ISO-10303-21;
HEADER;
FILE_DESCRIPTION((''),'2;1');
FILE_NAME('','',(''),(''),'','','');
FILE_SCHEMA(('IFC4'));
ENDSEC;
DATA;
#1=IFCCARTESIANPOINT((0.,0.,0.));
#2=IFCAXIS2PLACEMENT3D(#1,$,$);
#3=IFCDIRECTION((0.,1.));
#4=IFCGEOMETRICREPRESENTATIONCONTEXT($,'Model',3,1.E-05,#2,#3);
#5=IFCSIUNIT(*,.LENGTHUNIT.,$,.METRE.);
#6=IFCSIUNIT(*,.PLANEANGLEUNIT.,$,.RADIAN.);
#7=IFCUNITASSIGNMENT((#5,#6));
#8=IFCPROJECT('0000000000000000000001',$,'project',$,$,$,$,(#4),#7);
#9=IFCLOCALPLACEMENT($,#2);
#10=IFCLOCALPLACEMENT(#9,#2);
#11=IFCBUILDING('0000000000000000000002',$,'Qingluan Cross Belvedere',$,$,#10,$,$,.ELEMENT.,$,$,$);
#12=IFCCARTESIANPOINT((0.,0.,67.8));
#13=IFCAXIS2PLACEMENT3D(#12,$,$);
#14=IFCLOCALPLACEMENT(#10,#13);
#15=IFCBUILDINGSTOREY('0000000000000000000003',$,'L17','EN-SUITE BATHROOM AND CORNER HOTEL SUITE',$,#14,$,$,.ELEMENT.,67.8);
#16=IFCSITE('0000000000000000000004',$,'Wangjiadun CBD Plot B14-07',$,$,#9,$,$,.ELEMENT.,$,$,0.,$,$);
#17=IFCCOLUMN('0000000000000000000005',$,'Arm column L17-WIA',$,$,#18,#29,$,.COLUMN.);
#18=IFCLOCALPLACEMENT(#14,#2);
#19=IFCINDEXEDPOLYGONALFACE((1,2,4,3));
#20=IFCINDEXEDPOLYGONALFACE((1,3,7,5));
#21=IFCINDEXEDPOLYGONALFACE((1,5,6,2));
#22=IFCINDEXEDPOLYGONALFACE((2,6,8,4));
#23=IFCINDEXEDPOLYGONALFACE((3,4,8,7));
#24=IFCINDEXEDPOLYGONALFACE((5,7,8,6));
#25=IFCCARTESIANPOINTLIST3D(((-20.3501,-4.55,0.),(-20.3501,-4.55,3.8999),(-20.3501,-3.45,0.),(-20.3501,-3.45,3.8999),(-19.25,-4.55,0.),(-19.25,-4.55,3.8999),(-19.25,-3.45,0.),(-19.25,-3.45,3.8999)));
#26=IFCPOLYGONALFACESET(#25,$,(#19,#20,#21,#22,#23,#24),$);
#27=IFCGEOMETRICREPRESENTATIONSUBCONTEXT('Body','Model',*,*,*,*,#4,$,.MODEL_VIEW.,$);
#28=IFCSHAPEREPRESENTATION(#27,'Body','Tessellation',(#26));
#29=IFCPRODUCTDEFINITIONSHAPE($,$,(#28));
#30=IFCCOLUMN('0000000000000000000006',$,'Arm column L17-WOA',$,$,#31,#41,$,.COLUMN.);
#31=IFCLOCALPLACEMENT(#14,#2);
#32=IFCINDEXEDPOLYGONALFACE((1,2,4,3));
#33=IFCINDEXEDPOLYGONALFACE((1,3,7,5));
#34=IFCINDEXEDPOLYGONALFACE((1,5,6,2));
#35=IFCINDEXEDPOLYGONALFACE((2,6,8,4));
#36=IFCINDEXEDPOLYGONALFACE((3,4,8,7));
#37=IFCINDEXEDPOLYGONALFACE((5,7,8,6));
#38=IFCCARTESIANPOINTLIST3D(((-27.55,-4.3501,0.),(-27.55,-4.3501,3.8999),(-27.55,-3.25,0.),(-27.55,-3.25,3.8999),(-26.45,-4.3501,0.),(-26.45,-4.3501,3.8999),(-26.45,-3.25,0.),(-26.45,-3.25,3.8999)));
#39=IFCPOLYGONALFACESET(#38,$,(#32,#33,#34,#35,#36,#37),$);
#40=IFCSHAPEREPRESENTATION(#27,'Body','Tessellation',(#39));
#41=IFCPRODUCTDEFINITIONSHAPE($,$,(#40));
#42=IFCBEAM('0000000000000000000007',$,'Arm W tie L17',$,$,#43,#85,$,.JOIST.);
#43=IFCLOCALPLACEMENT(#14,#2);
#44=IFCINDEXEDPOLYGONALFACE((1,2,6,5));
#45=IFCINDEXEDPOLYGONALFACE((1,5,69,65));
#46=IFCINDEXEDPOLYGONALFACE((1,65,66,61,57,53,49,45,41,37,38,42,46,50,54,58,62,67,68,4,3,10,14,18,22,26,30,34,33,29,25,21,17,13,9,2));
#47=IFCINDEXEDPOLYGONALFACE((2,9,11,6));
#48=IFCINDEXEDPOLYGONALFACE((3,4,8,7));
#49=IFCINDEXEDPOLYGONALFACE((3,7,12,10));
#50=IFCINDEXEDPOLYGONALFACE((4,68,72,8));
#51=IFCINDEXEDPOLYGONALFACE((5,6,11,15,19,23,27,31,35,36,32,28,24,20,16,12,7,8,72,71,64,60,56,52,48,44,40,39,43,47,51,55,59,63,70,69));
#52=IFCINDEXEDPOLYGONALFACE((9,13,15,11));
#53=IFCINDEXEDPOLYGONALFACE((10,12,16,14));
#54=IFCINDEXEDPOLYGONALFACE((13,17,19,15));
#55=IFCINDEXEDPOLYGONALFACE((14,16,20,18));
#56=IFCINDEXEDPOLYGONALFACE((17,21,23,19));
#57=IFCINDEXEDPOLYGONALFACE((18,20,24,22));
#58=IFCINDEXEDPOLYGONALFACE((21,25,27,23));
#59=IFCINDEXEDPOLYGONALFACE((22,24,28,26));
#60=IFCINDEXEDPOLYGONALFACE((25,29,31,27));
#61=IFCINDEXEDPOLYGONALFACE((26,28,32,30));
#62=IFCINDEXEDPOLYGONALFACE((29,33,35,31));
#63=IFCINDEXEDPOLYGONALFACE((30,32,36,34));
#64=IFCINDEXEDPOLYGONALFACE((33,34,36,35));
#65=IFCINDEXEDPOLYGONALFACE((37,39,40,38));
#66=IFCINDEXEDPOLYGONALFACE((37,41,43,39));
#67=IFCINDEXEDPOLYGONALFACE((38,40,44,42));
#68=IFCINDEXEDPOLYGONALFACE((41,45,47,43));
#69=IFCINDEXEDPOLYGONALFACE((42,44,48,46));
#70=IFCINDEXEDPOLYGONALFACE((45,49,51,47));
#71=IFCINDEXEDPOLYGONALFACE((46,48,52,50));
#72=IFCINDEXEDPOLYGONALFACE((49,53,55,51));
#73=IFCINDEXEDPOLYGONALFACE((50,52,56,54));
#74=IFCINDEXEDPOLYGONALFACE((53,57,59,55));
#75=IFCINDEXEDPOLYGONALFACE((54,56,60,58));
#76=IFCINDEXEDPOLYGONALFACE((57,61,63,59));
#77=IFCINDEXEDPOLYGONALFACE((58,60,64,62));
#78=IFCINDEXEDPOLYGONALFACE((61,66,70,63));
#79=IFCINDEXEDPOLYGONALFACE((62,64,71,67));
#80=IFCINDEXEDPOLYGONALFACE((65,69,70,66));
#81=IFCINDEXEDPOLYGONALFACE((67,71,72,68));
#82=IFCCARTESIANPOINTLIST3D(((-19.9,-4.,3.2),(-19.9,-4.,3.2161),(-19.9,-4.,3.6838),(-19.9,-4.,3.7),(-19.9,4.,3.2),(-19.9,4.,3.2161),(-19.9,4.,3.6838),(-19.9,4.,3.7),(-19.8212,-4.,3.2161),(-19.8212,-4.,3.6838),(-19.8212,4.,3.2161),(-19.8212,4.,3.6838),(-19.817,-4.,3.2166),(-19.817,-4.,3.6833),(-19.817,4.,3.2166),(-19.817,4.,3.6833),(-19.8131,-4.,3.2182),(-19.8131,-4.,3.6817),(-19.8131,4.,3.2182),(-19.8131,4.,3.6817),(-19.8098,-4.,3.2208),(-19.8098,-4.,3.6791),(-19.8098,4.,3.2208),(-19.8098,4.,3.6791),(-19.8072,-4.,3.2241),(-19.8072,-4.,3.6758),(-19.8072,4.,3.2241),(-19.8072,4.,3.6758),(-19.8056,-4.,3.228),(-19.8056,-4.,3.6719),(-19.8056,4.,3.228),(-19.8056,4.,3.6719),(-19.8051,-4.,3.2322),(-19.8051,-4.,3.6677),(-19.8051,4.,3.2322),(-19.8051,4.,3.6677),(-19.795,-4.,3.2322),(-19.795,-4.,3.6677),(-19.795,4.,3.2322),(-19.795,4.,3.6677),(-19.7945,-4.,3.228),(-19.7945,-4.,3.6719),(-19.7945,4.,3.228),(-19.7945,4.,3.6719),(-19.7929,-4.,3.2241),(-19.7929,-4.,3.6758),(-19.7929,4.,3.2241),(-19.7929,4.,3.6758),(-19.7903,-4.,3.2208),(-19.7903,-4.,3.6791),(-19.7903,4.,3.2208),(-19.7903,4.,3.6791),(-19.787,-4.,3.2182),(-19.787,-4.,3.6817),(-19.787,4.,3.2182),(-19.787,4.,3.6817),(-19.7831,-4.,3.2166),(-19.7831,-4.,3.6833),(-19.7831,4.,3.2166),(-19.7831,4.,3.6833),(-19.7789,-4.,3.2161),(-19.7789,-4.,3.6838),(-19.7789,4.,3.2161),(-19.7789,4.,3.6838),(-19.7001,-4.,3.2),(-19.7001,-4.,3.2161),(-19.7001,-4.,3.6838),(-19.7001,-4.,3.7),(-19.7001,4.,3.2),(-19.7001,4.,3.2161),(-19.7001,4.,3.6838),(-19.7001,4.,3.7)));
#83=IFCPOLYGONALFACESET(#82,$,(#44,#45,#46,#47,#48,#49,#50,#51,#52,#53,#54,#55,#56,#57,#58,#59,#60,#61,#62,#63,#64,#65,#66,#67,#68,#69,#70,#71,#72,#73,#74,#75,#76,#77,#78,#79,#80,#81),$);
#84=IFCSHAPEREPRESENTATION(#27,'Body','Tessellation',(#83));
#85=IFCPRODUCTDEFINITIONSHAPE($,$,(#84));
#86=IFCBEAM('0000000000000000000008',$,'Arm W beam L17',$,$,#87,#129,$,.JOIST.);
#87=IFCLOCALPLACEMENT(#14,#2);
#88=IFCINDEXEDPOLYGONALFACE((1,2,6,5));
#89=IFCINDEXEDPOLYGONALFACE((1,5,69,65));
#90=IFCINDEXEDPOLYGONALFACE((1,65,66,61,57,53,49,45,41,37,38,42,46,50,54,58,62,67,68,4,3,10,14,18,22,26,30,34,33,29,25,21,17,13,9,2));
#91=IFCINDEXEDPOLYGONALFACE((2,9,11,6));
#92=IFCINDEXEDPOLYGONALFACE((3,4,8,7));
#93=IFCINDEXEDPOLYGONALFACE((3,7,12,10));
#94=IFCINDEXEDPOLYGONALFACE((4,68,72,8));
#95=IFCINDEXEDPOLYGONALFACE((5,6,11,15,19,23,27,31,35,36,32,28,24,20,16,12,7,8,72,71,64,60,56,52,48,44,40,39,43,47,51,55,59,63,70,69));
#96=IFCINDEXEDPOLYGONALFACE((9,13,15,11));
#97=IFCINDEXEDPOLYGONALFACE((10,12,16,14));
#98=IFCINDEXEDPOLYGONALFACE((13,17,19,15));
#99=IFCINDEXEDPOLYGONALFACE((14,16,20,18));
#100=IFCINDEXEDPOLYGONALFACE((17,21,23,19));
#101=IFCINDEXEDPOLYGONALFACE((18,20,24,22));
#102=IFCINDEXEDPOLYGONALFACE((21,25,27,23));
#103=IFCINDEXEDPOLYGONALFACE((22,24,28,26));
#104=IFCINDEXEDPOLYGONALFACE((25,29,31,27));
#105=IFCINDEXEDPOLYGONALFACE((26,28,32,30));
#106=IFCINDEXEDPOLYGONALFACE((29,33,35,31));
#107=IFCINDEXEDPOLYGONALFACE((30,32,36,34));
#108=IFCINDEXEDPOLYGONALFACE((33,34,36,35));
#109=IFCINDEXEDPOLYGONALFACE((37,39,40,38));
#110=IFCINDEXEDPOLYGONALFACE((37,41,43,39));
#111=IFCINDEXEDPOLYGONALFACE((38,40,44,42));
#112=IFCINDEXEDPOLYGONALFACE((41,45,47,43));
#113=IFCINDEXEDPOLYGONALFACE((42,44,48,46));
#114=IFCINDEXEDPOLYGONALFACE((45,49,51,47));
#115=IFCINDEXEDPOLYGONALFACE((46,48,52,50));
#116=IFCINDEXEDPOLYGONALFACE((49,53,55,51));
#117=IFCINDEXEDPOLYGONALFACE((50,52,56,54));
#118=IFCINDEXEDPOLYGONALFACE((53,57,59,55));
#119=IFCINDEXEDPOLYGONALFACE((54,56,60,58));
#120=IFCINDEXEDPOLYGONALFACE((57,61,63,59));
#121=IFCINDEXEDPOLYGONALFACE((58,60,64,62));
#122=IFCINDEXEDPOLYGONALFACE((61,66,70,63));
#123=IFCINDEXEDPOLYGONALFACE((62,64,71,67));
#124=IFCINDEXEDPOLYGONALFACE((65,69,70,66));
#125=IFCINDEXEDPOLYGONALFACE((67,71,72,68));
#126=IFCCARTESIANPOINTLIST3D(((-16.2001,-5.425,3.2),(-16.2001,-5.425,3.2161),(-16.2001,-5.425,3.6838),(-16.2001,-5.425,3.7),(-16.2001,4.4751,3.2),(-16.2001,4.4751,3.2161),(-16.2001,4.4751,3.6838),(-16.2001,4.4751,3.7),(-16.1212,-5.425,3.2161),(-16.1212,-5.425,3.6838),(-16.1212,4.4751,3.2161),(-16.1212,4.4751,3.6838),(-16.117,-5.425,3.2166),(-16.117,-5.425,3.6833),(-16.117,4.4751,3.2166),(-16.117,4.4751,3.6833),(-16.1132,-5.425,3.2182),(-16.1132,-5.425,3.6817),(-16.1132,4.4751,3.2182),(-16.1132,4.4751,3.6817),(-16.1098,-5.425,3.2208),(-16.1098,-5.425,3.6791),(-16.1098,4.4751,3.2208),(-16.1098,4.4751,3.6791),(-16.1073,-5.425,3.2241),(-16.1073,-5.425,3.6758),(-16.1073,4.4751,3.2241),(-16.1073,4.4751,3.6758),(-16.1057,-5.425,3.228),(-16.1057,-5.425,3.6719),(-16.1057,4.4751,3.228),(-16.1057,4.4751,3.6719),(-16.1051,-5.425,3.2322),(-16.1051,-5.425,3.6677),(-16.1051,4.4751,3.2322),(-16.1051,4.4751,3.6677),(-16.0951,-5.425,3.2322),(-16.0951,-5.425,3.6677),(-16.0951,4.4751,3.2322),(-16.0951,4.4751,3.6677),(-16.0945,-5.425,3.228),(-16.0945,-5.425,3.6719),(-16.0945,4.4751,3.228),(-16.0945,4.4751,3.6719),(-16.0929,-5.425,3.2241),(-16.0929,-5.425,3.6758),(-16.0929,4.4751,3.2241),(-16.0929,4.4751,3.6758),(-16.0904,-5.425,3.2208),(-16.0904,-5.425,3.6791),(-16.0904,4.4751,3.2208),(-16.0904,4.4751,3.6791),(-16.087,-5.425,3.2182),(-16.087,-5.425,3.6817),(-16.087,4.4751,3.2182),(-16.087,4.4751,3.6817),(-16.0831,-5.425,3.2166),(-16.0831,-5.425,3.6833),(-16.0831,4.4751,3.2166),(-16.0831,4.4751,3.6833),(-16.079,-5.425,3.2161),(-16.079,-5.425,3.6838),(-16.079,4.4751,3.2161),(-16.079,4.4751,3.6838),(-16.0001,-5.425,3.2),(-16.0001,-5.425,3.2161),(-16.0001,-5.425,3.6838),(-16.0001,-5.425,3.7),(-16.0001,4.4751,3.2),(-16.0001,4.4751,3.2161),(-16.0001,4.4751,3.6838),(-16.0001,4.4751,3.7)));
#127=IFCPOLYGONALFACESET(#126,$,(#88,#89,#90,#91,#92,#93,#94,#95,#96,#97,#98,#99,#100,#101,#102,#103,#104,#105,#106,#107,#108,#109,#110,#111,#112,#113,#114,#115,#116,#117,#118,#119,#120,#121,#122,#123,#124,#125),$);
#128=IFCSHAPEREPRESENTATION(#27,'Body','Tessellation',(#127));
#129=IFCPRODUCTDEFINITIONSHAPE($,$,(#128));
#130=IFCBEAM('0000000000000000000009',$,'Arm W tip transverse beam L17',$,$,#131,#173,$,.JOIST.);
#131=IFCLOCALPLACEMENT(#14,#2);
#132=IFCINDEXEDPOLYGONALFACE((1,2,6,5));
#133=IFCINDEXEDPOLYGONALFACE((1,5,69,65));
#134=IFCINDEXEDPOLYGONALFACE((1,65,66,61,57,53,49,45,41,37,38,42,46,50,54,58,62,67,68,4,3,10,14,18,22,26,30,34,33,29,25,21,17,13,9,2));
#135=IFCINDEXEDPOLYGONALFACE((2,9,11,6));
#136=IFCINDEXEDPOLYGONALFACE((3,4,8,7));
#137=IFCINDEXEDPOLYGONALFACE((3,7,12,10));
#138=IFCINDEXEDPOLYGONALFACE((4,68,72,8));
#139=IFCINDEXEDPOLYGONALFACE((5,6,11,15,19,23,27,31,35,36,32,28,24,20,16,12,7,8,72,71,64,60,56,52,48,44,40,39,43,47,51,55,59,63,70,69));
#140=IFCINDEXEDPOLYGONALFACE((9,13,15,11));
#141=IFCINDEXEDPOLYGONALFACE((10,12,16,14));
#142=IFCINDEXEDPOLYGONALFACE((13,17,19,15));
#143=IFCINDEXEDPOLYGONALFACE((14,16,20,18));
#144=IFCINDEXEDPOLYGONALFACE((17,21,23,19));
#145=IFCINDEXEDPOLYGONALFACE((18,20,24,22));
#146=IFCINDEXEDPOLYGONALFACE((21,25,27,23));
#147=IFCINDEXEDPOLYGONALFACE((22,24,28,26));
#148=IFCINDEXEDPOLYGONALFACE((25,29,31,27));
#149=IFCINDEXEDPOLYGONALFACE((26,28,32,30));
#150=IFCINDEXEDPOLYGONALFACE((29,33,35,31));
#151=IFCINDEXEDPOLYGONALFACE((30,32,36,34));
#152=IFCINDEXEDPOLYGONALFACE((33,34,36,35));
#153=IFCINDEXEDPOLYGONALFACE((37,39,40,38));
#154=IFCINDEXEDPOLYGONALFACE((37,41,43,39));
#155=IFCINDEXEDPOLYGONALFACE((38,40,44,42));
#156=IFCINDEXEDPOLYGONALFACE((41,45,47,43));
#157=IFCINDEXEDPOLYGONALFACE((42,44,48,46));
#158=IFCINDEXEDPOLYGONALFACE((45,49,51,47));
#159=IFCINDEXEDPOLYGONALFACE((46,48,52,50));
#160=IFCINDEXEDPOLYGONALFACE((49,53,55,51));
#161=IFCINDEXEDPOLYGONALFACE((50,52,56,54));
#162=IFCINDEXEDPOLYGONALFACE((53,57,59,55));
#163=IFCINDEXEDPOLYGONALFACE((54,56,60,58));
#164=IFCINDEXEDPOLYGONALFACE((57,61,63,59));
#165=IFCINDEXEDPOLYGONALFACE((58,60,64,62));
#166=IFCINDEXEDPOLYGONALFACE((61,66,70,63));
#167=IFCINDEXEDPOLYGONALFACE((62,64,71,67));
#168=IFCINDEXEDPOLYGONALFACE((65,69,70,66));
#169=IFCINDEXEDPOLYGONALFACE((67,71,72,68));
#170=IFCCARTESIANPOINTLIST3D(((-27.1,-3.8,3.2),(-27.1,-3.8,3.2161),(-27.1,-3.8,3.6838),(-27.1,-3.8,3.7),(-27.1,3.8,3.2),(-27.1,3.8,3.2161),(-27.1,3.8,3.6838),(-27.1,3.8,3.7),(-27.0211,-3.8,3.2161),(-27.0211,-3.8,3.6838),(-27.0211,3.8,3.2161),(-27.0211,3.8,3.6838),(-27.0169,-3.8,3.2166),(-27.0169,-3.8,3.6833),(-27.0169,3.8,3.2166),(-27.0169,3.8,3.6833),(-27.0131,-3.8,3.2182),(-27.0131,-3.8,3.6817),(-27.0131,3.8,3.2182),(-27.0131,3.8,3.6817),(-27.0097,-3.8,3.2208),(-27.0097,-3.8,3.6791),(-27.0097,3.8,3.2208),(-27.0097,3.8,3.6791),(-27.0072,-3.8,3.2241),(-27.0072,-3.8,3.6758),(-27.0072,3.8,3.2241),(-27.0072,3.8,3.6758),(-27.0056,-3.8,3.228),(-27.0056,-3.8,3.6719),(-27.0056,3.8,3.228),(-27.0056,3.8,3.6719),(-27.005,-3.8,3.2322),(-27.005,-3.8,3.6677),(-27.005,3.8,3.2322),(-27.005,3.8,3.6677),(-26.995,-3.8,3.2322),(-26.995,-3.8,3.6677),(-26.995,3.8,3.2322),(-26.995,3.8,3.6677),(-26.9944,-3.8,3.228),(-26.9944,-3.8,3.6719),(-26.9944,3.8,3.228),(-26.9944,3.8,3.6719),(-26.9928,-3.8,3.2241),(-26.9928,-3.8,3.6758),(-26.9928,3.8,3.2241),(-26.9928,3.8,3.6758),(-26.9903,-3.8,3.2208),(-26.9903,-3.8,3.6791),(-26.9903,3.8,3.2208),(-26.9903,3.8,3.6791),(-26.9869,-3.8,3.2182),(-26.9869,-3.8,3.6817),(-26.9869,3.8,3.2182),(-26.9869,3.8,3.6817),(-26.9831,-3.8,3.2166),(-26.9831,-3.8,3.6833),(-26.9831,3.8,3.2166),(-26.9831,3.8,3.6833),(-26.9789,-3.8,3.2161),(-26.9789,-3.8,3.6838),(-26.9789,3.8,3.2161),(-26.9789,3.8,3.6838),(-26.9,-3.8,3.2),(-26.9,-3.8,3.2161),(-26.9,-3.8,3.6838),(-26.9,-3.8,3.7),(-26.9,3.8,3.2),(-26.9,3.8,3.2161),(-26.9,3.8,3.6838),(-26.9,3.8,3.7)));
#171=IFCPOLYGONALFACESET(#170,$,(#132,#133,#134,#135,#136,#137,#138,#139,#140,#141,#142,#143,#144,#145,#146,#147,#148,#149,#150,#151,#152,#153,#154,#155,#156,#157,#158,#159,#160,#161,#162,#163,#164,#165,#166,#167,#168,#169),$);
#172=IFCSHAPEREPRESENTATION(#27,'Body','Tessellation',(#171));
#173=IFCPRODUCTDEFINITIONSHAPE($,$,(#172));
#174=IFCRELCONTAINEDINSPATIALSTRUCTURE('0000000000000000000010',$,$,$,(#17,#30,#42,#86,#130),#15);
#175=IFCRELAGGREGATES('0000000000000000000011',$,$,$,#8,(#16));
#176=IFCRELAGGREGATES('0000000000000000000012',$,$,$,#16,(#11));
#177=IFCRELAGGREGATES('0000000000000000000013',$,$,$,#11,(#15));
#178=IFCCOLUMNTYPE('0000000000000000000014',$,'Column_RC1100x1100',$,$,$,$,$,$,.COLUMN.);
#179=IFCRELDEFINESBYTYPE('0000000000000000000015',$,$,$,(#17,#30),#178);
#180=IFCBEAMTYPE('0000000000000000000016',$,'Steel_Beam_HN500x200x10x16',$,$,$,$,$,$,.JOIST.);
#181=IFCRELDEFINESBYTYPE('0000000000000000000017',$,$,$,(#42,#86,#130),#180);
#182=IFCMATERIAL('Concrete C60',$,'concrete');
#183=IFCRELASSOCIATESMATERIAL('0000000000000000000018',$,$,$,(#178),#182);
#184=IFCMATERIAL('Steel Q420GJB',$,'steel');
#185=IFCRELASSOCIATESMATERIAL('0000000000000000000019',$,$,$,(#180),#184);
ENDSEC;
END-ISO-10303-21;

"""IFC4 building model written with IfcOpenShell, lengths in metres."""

from ifc_helpers import new_model, si_unit, direction, frame, origin, origin_2d, place, context, subcontext, project, spatial, rectangle, i_section, extrude, material, material_profile, profile_set, type_object, element, save


model = new_model("IFC4")

# Units and contexts
model_context = context("Model", 3, precision=1e-05, world=origin(), true_north=direction((0.0, 1.0)))
body_context = subcontext(model_context, "Body", "Model", "MODEL_VIEW")
ifc_project = project(units=[si_unit("LENGTHUNIT", "METRE"), si_unit("PLANEANGLEUNIT", "RADIAN")], contexts=[model_context])

# Site, building, storey
site_placement = place(None, origin())
site = spatial("IfcSite", under=ifc_project, at=site_placement, Name="Wangjiadun CBD Plot B14-07", CompositionType="ELEMENT", RefElevation=0.0)
building_placement = place(site_placement, origin())
building = spatial("IfcBuilding", under=site, at=building_placement, Name="Qingluan Cross Belvedere", CompositionType="ELEMENT")
storey_placement = place(building_placement, frame((0.0, 0.0, 67.8)))
storey = spatial("IfcBuildingStorey", under=building, at=storey_placement, Name="L17", Description="EN-SUITE BATHROOM AND CORNER HOTEL SUITE", CompositionType="ELEMENT", Elevation=67.8)

# Columns
ifc_material_1 = material(Name="Concrete C60", Category="concrete")
ifc_material_profile_1 = material_profile(ifc_material_1, rectangle(XDim=1.1001, YDim=1.1001, at=origin_2d()), Name="RC1100x1100")
ifc_profile_set_1 = profile_set([ifc_material_profile_1], Name="Concrete C60")
column_type = type_object("IfcColumnType", Name="Column_RC1100x1100", PredefinedType="COLUMN", material=ifc_profile_set_1)
for number, where, z_axis, x_axis, name in (
    (1, (-19.8, -4.0, 0.0), (0.0, 0.0, 1.0), (1.0, 0.0, 0.0), "Arm column L17-WIA"),
    (2, (-27.0, -3.8, 0.0), (0.0, 0.0, 1.0), (1.0, 0.0, 0.0), "Arm column L17-WOA"),
):
    element("IfcColumn", number, at=place(storey_placement, frame(where, z_axis=z_axis, x_axis=x_axis)), inside=storey, type_object=column_type, Name=name, PredefinedType="COLUMN", context=body_context, shape_type="SweptSolid", body=[
        extrude(rectangle(XDim=1.1001, YDim=1.1001, at=origin_2d()), origin(), (0.0, 0.0, 1.0), 3.8999),
    ])

# Beams
ifc_material_2 = material(Name="Steel Q420GJB", Category="steel")
ifc_material_profile_2 = material_profile(ifc_material_2, i_section(OverallWidth=0.2, OverallDepth=0.5, WebThickness=0.01, FlangeThickness=0.0161, FilletRadius=0.0161, at=origin_2d()), Name="HN500x200x10x16")
ifc_profile_set_2 = profile_set([ifc_material_profile_2], Name="Steel Q420GJB")
beam_type_1 = type_object("IfcBeamType", Name="Steel_Beam_HN500x200x10x16", PredefinedType="JOIST", material=ifc_profile_set_2)
beam_1_placement = place(storey_placement, frame((-19.8, -4.0, 3.45), z_axis=(0.0, 1.0, 0.0), x_axis=(-1.0, 0.0, 0.0)))
element("IfcBeam", 3, at=beam_1_placement, inside=storey, type_object=beam_type_1, Name="Arm W tie L17", PredefinedType="JOIST", context=body_context, shape_type="SweptSolid", body=[
    extrude(i_section(OverallWidth=0.2, OverallDepth=0.5, WebThickness=0.01, FlangeThickness=0.0161, FilletRadius=0.0161, at=origin_2d()), origin(), (0.0, 0.0, 1.0), 8.0),
])
beam_2_placement = place(storey_placement, frame((-16.1001, -5.425, 3.45), z_axis=(0.0, 1.0, 0.0), x_axis=(-1.0, 0.0, 0.0)))
element("IfcBeam", 4, at=beam_2_placement, inside=storey, type_object=beam_type_1, Name="Arm W beam L17", PredefinedType="JOIST", context=body_context, shape_type="SweptSolid", body=[
    extrude(i_section(OverallWidth=0.2, OverallDepth=0.5, WebThickness=0.01, FlangeThickness=0.0161, FilletRadius=0.0161, at=origin_2d()), origin(), (0.0, 0.0, 1.0), 9.9001),
])
beam_3_placement = place(storey_placement, frame((-27.0, -3.8, 3.45), z_axis=(0.0, 1.0, 0.0), x_axis=(-1.0, 0.0, 0.0)))
element("IfcBeam", 5, at=beam_3_placement, inside=storey, type_object=beam_type_1, Name="Arm W tip transverse beam L17", PredefinedType="JOIST", context=body_context, shape_type="SweptSolid", body=[
    extrude(i_section(OverallWidth=0.2, OverallDepth=0.5, WebThickness=0.01, FlangeThickness=0.0161, FilletRadius=0.0161, at=origin_2d()), origin(), (0.0, 0.0, 1.0), 7.6001),
])

save(model, "model.ifc")
